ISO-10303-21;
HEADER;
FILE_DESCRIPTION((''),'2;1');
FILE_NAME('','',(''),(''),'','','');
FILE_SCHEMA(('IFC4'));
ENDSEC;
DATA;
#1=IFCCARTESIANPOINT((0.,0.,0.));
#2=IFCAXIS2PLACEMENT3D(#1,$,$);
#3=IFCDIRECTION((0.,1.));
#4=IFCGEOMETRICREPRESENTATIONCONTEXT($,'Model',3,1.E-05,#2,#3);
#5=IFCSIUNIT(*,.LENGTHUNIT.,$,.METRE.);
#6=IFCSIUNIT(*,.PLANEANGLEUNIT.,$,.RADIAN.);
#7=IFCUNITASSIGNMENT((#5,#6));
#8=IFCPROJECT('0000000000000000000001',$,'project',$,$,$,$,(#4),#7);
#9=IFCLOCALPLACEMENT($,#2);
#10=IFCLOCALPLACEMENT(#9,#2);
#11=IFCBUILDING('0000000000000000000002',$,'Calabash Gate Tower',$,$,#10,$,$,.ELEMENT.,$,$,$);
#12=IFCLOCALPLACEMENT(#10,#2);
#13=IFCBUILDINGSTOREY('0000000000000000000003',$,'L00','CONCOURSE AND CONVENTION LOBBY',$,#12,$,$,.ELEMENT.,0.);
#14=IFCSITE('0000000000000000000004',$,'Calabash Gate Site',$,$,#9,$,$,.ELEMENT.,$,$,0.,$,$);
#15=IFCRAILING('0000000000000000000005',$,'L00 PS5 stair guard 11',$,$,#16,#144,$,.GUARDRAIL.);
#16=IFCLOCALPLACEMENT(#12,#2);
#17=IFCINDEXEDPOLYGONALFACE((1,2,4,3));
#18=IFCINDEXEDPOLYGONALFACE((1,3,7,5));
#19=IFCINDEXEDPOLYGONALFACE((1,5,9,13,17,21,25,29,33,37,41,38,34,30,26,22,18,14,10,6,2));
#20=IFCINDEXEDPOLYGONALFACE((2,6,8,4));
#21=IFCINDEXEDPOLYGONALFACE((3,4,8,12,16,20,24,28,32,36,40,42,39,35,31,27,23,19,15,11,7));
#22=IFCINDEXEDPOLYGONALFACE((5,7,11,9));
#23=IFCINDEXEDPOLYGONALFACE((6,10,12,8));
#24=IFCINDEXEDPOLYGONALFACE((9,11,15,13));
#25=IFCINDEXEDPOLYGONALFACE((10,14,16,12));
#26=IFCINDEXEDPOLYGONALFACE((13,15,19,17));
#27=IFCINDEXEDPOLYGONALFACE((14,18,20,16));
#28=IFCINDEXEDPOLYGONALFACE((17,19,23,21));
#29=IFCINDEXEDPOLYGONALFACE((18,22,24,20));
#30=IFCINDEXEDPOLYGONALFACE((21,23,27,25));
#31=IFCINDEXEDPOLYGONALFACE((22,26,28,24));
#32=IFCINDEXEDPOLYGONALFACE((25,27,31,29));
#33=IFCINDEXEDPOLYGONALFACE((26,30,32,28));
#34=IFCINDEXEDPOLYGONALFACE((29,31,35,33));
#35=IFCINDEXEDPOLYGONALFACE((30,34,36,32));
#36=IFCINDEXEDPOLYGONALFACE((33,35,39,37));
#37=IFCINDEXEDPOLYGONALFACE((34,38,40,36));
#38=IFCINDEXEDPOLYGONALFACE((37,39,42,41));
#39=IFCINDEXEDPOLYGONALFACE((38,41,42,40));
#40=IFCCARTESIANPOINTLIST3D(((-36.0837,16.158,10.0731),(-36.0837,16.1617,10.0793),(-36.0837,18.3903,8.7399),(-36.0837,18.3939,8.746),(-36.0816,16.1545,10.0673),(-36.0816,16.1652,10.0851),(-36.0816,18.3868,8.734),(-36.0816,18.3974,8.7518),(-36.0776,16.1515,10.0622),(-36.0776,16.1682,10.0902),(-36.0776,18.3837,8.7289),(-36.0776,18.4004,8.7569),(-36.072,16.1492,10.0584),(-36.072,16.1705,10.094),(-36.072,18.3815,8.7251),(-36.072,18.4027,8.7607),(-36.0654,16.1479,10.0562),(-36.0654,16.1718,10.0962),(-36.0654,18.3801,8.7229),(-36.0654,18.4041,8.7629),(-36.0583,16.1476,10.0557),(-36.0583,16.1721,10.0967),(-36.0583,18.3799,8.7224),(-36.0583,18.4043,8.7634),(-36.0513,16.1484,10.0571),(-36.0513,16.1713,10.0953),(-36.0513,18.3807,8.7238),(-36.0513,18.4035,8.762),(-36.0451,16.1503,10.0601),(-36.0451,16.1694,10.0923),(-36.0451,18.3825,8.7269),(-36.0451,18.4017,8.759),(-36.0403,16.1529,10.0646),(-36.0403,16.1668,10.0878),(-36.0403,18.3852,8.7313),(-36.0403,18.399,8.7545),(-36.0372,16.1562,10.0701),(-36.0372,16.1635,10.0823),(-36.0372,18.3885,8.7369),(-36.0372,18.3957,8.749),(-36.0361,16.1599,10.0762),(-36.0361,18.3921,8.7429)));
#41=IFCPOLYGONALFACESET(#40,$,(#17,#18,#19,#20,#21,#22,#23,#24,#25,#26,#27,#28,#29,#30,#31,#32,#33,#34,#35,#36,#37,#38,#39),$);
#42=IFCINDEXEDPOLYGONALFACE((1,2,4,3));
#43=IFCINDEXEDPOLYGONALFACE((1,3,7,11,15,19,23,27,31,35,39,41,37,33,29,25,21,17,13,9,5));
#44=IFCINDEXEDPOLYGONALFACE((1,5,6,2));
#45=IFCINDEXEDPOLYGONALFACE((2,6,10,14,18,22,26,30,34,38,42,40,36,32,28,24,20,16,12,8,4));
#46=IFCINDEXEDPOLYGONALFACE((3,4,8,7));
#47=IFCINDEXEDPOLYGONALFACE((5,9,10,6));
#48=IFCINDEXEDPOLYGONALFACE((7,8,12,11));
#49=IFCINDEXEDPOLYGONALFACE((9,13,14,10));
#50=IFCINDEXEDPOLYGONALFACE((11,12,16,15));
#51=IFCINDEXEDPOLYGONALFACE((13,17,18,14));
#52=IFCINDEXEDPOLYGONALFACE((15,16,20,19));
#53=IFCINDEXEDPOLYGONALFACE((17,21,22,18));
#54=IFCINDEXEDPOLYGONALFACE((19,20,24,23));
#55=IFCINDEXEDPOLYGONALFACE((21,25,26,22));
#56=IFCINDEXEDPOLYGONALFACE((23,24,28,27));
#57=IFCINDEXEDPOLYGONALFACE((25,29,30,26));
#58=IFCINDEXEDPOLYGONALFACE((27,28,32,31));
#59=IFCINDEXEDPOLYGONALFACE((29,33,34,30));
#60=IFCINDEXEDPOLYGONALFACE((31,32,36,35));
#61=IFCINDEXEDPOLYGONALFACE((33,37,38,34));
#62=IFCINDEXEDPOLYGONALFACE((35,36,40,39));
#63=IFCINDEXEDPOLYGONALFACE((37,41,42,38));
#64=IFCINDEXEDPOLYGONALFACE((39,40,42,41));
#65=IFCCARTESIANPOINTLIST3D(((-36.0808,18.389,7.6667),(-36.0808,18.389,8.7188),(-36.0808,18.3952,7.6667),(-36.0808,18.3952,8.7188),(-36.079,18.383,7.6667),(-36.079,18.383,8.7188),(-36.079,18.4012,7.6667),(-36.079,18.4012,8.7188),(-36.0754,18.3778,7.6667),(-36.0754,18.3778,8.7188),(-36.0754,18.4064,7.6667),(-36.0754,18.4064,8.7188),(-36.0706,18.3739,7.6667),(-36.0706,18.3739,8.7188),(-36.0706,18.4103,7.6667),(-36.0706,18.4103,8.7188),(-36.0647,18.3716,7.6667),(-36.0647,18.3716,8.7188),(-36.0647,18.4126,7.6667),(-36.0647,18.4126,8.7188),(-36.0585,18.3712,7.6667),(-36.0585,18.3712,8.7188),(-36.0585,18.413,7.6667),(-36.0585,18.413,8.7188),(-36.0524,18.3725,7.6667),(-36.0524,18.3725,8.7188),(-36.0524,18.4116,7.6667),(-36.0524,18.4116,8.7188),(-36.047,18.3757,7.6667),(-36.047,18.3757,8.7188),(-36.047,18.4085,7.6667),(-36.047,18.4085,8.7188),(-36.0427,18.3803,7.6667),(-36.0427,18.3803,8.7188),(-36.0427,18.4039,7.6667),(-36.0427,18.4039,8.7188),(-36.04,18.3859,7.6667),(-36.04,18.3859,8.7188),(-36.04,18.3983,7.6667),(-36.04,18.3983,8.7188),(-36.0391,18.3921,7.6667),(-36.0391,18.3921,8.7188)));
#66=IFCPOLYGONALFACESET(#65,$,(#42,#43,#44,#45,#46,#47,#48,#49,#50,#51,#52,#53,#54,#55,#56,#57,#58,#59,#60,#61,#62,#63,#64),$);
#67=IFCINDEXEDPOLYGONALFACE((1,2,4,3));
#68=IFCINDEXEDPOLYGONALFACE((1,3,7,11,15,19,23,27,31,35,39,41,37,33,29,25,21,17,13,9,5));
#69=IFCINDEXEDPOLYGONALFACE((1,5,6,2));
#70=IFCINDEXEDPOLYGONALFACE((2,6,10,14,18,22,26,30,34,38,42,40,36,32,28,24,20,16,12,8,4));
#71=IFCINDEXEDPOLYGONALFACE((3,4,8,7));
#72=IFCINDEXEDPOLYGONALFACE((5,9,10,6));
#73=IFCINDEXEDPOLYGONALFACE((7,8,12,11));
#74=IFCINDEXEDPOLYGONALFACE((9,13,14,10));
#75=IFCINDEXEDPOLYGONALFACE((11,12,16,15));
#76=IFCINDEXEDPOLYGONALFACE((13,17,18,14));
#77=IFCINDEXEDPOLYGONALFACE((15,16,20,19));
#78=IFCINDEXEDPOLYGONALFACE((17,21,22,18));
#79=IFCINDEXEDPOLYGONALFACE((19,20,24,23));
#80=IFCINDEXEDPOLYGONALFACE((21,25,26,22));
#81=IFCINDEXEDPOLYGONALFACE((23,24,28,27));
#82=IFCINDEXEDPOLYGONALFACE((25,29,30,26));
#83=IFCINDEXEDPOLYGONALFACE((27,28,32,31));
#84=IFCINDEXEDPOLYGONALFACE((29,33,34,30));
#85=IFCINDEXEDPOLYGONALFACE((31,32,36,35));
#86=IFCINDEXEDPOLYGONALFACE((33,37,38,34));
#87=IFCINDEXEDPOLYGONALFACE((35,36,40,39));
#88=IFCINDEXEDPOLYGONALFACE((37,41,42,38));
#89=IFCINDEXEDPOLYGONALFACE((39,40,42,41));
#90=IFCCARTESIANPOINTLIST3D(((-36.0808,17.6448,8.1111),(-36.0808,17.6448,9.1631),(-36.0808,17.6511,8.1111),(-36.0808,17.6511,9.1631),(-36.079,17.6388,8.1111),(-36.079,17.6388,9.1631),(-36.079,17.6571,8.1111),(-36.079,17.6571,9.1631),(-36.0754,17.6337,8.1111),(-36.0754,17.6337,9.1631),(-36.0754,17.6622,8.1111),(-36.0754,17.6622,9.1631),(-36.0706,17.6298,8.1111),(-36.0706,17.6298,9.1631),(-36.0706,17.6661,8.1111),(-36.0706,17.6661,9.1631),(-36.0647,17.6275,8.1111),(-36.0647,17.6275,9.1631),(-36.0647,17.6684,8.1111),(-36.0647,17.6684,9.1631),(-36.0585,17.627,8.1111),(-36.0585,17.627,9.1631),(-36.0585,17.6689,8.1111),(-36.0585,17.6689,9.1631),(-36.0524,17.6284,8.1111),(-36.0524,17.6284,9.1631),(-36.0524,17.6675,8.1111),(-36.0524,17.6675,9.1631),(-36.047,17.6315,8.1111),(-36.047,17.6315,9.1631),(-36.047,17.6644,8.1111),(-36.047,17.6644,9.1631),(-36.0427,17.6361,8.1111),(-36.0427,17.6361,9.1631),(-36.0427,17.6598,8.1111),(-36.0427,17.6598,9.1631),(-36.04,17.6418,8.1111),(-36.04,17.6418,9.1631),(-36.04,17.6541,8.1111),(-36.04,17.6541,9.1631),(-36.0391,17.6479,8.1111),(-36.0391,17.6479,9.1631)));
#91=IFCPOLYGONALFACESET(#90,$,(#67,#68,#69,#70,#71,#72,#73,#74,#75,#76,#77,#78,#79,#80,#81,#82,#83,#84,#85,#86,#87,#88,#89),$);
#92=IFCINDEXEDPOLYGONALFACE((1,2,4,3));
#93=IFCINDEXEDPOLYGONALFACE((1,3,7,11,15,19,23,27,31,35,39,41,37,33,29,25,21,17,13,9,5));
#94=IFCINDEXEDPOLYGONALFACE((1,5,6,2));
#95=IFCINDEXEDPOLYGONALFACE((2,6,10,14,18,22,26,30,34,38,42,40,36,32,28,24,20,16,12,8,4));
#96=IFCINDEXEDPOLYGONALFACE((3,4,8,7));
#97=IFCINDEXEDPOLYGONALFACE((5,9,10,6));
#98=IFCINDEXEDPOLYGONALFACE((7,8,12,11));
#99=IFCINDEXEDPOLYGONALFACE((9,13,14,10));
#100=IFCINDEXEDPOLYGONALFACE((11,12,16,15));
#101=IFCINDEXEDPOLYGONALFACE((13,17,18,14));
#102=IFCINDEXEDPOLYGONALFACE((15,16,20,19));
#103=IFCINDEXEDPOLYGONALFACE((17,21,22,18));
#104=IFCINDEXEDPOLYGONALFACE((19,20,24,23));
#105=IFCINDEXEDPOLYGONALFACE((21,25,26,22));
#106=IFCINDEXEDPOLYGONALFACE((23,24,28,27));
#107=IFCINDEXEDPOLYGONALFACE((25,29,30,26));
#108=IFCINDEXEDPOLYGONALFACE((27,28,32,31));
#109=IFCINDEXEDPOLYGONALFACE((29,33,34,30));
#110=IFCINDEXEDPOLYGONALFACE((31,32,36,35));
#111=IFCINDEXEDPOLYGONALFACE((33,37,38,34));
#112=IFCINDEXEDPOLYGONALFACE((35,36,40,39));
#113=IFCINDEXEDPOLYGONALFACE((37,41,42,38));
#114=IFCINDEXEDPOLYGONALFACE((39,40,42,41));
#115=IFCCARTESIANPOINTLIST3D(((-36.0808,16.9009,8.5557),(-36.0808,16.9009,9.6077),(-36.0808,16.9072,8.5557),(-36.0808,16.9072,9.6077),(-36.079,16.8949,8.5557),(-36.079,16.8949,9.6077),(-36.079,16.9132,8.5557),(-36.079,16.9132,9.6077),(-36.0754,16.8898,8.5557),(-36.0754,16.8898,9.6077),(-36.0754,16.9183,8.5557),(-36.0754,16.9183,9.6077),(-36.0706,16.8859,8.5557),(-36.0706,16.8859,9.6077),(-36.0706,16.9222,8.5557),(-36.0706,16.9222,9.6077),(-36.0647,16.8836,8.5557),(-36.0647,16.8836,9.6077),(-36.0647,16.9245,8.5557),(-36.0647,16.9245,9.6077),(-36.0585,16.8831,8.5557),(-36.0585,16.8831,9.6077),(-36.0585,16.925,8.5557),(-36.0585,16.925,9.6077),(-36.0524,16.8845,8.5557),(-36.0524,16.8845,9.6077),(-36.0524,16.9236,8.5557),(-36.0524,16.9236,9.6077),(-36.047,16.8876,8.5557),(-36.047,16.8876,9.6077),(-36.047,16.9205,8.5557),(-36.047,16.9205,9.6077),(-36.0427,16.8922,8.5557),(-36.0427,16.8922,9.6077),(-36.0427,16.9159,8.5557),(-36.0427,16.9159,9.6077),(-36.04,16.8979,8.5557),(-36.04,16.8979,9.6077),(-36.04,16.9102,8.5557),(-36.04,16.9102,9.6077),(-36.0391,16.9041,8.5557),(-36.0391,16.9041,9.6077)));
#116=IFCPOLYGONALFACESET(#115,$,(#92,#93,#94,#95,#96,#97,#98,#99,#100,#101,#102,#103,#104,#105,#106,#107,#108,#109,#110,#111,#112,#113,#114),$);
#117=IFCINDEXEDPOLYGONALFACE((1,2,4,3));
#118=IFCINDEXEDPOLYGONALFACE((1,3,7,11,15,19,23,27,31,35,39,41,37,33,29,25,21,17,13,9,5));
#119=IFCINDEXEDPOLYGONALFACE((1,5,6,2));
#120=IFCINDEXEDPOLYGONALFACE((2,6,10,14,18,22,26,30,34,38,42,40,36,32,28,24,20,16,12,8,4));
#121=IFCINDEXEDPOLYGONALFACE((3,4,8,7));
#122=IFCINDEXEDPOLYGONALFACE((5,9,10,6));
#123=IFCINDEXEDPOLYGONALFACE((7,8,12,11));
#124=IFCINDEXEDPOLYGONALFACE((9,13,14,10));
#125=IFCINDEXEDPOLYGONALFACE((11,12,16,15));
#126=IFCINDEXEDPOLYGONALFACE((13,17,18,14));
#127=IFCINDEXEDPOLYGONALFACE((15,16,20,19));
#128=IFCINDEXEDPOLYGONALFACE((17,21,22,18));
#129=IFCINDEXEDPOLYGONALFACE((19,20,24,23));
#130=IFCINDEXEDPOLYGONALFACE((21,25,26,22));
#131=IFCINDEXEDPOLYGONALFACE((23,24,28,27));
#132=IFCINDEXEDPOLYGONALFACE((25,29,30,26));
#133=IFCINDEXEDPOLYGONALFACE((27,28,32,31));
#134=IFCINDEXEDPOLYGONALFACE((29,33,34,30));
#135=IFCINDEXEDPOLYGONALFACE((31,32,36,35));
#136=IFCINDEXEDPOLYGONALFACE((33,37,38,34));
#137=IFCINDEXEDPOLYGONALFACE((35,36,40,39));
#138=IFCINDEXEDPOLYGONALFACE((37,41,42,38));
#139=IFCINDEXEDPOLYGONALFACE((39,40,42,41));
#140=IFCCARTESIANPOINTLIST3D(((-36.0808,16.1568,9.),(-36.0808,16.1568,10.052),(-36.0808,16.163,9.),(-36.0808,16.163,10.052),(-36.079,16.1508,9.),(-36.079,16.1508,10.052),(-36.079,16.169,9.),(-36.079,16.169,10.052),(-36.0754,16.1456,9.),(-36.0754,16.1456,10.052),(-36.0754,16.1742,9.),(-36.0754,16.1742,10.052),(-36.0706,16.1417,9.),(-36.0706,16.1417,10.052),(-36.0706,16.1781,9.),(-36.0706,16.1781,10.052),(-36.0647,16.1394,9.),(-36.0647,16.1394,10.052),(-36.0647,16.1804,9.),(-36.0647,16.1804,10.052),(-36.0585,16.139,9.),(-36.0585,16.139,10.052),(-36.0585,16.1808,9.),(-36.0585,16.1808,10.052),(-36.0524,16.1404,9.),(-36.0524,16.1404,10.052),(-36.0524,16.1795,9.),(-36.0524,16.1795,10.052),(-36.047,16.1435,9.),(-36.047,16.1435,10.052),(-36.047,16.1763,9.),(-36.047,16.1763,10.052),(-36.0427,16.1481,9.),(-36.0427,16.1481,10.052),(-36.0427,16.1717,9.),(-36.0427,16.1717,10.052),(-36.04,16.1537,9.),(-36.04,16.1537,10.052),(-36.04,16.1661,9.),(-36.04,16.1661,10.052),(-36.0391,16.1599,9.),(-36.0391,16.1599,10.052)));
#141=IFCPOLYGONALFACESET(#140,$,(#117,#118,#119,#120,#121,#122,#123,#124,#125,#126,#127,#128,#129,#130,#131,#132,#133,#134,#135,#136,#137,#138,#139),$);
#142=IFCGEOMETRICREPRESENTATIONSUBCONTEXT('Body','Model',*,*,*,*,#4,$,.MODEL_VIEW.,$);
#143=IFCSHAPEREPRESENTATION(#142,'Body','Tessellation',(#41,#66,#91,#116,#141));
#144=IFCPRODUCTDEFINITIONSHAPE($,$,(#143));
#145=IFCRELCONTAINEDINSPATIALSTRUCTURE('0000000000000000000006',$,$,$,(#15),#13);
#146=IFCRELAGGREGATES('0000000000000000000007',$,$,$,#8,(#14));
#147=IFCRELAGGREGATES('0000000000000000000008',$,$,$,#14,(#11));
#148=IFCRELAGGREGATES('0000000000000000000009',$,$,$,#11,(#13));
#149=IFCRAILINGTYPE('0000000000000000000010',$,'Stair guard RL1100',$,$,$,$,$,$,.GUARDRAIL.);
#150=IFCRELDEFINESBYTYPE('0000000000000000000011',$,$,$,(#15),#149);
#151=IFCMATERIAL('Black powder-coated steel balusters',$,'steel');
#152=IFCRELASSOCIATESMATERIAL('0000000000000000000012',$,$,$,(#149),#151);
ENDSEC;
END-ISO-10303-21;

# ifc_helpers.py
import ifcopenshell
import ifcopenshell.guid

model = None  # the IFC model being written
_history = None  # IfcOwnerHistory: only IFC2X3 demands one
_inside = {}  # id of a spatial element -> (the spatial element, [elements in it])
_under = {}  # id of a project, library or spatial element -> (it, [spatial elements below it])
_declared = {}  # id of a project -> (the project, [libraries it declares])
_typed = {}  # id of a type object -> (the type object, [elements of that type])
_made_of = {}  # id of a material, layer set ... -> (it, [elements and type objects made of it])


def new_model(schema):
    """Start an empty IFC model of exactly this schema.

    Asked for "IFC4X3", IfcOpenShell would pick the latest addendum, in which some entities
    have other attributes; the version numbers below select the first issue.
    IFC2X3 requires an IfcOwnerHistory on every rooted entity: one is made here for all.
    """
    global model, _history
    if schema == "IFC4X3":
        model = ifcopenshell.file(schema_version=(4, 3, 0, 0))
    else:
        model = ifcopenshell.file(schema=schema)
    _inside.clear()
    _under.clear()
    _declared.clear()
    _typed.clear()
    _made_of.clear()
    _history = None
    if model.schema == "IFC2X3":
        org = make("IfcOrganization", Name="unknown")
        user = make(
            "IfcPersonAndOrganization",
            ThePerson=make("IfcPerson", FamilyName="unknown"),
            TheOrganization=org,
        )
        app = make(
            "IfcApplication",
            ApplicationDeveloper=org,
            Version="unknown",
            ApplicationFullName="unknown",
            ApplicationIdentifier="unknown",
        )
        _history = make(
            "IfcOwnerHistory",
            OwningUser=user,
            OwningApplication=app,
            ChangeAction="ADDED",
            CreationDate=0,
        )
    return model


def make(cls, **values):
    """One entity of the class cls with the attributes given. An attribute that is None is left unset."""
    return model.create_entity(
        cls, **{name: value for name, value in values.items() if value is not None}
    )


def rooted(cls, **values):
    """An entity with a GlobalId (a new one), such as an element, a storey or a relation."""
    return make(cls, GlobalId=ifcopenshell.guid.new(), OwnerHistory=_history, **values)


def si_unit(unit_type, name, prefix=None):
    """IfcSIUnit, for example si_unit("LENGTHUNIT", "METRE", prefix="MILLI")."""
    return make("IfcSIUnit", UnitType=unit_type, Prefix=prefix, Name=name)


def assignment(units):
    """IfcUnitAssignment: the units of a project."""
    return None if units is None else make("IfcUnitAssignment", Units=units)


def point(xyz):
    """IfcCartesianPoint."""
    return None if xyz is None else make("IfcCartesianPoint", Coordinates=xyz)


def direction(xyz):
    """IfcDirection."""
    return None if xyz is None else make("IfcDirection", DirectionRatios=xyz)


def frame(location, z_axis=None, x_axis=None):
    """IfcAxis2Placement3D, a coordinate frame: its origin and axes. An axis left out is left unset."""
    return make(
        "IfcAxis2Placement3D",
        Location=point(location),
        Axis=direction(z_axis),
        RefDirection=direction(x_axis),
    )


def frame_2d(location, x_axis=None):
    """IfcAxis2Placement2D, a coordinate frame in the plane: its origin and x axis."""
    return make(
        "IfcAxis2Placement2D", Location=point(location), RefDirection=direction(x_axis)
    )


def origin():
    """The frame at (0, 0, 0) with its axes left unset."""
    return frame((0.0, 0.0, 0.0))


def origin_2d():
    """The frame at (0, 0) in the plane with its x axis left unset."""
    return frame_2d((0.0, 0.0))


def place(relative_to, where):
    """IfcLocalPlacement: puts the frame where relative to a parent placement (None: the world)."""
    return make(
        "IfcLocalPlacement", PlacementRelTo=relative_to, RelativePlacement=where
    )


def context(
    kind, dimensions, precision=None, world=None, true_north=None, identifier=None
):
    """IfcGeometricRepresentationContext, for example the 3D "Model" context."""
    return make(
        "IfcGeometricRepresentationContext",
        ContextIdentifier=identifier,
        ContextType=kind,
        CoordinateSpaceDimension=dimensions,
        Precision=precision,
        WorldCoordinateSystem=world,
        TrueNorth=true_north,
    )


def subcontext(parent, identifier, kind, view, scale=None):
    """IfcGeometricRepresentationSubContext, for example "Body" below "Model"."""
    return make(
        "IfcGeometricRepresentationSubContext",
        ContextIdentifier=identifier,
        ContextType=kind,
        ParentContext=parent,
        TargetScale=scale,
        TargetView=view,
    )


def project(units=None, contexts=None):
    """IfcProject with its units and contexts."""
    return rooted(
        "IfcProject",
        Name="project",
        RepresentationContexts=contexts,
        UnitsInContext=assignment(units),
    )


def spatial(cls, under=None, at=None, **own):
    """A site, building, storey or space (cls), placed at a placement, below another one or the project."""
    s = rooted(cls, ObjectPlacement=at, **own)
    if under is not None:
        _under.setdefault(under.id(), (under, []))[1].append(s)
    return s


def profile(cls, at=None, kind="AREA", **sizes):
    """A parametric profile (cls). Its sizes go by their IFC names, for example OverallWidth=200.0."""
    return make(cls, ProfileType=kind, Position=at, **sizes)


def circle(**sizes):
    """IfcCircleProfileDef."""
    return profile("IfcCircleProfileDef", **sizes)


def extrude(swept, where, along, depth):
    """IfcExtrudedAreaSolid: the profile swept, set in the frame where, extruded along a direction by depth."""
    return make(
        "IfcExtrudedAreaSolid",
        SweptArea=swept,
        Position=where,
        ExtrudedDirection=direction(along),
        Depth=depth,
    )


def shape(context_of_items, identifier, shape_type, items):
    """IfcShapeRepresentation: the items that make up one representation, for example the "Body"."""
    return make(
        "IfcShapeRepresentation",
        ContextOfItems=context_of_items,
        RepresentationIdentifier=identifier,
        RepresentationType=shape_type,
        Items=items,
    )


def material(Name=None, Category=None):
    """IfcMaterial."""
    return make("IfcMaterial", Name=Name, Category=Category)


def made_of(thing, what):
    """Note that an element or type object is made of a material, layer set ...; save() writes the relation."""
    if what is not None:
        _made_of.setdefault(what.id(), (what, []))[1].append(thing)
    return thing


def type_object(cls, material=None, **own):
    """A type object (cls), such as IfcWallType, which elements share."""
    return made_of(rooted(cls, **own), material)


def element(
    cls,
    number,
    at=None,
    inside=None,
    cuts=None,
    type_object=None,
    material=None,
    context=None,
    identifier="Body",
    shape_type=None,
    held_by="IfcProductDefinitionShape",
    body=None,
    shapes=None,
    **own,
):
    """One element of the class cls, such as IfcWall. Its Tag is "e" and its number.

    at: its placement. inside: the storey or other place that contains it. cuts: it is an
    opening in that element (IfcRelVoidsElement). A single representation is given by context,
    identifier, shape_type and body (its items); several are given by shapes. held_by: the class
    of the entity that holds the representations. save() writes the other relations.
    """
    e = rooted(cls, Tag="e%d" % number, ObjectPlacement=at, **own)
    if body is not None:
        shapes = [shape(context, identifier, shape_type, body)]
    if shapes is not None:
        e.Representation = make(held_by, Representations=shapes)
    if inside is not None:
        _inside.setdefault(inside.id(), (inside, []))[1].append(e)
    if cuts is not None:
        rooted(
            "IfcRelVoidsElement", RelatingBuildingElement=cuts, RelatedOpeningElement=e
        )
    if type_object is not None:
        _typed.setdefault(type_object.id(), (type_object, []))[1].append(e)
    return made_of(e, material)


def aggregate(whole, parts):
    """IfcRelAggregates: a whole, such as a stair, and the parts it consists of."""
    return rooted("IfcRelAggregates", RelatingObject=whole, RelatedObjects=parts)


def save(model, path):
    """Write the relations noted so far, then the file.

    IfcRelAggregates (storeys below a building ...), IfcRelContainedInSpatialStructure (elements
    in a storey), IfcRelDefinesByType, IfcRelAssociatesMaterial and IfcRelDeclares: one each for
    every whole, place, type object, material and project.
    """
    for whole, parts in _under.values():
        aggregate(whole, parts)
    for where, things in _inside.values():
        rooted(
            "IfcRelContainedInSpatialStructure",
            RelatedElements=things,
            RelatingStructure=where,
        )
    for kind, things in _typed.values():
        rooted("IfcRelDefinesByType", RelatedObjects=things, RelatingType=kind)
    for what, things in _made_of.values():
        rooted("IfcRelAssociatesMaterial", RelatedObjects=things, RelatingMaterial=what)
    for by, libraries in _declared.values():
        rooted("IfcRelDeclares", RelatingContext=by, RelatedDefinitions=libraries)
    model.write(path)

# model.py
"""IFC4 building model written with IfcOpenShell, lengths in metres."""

from ifc_helpers import new_model, si_unit, direction, frame, origin, origin_2d, place, context, subcontext, project, spatial, circle, extrude, material, type_object, element, save


model = new_model("IFC4")

# Units and contexts
model_context = context("Model", 3, precision=1e-05, world=origin(), true_north=direction((0.0, 1.0)))
body_context = subcontext(model_context, "Body", "Model", "MODEL_VIEW")
ifc_project = project(units=[si_unit("LENGTHUNIT", "METRE"), si_unit("PLANEANGLEUNIT", "RADIAN")], contexts=[model_context])

# Site, building, storey
site_placement = place(None, origin())
site = spatial("IfcSite", under=ifc_project, at=site_placement, Name="Calabash Gate Site", CompositionType="ELEMENT", RefElevation=0.0)
building_placement = place(site_placement, origin())
building = spatial("IfcBuilding", under=site, at=building_placement, Name="Calabash Gate Tower", CompositionType="ELEMENT")
storey_placement = place(building_placement, origin())
storey = spatial("IfcBuildingStorey", under=building, at=storey_placement, Name="L00", Description="CONCOURSE AND CONVENTION LOBBY", CompositionType="ELEMENT", Elevation=0.0)

# Railing
ifc_material_1 = material(Name="Black powder-coated steel balusters", Category="steel")
railing_type_1 = type_object("IfcRailingType", Name="Stair guard RL1100", PredefinedType="GUARDRAIL", material=ifc_material_1)
railing_1_placement = place(storey_placement, frame((-36.0601, 18.3921, 7.6667)))
element("IfcRailing", 1, at=railing_1_placement, inside=storey, type_object=railing_type_1, Name="L00 PS5 stair guard 11", PredefinedType="GUARDRAIL", context=body_context, shape_type="SweptSolid", body=[
    extrude(circle(Radius=0.0239, at=origin_2d()), frame((0.0, 0.0, 1.0762), z_axis=(0.0, -0.858519, 0.512782), x_axis=(1.0, 0.0, 0.0)), (0.0, 0.0, 1.0), 2.6001),
    extrude(circle(Radius=0.021, at=origin_2d()), origin(), (0.0, 0.0, 1.0), 1.052),
    extrude(circle(Radius=0.021, at=origin_2d()), frame((0.0, -0.7441, 0.4443)), (0.0, 0.0, 1.0), 1.052),
    extrude(circle(Radius=0.021, at=origin_2d()), frame((0.0, -1.488, 0.8889)), (0.0, 0.0, 1.0), 1.052),
    extrude(circle(Radius=0.021, at=origin_2d()), frame((0.0, -2.2322, 1.3333)), (0.0, 0.0, 1.0), 1.052),
])

save(model, "model.ifc")
